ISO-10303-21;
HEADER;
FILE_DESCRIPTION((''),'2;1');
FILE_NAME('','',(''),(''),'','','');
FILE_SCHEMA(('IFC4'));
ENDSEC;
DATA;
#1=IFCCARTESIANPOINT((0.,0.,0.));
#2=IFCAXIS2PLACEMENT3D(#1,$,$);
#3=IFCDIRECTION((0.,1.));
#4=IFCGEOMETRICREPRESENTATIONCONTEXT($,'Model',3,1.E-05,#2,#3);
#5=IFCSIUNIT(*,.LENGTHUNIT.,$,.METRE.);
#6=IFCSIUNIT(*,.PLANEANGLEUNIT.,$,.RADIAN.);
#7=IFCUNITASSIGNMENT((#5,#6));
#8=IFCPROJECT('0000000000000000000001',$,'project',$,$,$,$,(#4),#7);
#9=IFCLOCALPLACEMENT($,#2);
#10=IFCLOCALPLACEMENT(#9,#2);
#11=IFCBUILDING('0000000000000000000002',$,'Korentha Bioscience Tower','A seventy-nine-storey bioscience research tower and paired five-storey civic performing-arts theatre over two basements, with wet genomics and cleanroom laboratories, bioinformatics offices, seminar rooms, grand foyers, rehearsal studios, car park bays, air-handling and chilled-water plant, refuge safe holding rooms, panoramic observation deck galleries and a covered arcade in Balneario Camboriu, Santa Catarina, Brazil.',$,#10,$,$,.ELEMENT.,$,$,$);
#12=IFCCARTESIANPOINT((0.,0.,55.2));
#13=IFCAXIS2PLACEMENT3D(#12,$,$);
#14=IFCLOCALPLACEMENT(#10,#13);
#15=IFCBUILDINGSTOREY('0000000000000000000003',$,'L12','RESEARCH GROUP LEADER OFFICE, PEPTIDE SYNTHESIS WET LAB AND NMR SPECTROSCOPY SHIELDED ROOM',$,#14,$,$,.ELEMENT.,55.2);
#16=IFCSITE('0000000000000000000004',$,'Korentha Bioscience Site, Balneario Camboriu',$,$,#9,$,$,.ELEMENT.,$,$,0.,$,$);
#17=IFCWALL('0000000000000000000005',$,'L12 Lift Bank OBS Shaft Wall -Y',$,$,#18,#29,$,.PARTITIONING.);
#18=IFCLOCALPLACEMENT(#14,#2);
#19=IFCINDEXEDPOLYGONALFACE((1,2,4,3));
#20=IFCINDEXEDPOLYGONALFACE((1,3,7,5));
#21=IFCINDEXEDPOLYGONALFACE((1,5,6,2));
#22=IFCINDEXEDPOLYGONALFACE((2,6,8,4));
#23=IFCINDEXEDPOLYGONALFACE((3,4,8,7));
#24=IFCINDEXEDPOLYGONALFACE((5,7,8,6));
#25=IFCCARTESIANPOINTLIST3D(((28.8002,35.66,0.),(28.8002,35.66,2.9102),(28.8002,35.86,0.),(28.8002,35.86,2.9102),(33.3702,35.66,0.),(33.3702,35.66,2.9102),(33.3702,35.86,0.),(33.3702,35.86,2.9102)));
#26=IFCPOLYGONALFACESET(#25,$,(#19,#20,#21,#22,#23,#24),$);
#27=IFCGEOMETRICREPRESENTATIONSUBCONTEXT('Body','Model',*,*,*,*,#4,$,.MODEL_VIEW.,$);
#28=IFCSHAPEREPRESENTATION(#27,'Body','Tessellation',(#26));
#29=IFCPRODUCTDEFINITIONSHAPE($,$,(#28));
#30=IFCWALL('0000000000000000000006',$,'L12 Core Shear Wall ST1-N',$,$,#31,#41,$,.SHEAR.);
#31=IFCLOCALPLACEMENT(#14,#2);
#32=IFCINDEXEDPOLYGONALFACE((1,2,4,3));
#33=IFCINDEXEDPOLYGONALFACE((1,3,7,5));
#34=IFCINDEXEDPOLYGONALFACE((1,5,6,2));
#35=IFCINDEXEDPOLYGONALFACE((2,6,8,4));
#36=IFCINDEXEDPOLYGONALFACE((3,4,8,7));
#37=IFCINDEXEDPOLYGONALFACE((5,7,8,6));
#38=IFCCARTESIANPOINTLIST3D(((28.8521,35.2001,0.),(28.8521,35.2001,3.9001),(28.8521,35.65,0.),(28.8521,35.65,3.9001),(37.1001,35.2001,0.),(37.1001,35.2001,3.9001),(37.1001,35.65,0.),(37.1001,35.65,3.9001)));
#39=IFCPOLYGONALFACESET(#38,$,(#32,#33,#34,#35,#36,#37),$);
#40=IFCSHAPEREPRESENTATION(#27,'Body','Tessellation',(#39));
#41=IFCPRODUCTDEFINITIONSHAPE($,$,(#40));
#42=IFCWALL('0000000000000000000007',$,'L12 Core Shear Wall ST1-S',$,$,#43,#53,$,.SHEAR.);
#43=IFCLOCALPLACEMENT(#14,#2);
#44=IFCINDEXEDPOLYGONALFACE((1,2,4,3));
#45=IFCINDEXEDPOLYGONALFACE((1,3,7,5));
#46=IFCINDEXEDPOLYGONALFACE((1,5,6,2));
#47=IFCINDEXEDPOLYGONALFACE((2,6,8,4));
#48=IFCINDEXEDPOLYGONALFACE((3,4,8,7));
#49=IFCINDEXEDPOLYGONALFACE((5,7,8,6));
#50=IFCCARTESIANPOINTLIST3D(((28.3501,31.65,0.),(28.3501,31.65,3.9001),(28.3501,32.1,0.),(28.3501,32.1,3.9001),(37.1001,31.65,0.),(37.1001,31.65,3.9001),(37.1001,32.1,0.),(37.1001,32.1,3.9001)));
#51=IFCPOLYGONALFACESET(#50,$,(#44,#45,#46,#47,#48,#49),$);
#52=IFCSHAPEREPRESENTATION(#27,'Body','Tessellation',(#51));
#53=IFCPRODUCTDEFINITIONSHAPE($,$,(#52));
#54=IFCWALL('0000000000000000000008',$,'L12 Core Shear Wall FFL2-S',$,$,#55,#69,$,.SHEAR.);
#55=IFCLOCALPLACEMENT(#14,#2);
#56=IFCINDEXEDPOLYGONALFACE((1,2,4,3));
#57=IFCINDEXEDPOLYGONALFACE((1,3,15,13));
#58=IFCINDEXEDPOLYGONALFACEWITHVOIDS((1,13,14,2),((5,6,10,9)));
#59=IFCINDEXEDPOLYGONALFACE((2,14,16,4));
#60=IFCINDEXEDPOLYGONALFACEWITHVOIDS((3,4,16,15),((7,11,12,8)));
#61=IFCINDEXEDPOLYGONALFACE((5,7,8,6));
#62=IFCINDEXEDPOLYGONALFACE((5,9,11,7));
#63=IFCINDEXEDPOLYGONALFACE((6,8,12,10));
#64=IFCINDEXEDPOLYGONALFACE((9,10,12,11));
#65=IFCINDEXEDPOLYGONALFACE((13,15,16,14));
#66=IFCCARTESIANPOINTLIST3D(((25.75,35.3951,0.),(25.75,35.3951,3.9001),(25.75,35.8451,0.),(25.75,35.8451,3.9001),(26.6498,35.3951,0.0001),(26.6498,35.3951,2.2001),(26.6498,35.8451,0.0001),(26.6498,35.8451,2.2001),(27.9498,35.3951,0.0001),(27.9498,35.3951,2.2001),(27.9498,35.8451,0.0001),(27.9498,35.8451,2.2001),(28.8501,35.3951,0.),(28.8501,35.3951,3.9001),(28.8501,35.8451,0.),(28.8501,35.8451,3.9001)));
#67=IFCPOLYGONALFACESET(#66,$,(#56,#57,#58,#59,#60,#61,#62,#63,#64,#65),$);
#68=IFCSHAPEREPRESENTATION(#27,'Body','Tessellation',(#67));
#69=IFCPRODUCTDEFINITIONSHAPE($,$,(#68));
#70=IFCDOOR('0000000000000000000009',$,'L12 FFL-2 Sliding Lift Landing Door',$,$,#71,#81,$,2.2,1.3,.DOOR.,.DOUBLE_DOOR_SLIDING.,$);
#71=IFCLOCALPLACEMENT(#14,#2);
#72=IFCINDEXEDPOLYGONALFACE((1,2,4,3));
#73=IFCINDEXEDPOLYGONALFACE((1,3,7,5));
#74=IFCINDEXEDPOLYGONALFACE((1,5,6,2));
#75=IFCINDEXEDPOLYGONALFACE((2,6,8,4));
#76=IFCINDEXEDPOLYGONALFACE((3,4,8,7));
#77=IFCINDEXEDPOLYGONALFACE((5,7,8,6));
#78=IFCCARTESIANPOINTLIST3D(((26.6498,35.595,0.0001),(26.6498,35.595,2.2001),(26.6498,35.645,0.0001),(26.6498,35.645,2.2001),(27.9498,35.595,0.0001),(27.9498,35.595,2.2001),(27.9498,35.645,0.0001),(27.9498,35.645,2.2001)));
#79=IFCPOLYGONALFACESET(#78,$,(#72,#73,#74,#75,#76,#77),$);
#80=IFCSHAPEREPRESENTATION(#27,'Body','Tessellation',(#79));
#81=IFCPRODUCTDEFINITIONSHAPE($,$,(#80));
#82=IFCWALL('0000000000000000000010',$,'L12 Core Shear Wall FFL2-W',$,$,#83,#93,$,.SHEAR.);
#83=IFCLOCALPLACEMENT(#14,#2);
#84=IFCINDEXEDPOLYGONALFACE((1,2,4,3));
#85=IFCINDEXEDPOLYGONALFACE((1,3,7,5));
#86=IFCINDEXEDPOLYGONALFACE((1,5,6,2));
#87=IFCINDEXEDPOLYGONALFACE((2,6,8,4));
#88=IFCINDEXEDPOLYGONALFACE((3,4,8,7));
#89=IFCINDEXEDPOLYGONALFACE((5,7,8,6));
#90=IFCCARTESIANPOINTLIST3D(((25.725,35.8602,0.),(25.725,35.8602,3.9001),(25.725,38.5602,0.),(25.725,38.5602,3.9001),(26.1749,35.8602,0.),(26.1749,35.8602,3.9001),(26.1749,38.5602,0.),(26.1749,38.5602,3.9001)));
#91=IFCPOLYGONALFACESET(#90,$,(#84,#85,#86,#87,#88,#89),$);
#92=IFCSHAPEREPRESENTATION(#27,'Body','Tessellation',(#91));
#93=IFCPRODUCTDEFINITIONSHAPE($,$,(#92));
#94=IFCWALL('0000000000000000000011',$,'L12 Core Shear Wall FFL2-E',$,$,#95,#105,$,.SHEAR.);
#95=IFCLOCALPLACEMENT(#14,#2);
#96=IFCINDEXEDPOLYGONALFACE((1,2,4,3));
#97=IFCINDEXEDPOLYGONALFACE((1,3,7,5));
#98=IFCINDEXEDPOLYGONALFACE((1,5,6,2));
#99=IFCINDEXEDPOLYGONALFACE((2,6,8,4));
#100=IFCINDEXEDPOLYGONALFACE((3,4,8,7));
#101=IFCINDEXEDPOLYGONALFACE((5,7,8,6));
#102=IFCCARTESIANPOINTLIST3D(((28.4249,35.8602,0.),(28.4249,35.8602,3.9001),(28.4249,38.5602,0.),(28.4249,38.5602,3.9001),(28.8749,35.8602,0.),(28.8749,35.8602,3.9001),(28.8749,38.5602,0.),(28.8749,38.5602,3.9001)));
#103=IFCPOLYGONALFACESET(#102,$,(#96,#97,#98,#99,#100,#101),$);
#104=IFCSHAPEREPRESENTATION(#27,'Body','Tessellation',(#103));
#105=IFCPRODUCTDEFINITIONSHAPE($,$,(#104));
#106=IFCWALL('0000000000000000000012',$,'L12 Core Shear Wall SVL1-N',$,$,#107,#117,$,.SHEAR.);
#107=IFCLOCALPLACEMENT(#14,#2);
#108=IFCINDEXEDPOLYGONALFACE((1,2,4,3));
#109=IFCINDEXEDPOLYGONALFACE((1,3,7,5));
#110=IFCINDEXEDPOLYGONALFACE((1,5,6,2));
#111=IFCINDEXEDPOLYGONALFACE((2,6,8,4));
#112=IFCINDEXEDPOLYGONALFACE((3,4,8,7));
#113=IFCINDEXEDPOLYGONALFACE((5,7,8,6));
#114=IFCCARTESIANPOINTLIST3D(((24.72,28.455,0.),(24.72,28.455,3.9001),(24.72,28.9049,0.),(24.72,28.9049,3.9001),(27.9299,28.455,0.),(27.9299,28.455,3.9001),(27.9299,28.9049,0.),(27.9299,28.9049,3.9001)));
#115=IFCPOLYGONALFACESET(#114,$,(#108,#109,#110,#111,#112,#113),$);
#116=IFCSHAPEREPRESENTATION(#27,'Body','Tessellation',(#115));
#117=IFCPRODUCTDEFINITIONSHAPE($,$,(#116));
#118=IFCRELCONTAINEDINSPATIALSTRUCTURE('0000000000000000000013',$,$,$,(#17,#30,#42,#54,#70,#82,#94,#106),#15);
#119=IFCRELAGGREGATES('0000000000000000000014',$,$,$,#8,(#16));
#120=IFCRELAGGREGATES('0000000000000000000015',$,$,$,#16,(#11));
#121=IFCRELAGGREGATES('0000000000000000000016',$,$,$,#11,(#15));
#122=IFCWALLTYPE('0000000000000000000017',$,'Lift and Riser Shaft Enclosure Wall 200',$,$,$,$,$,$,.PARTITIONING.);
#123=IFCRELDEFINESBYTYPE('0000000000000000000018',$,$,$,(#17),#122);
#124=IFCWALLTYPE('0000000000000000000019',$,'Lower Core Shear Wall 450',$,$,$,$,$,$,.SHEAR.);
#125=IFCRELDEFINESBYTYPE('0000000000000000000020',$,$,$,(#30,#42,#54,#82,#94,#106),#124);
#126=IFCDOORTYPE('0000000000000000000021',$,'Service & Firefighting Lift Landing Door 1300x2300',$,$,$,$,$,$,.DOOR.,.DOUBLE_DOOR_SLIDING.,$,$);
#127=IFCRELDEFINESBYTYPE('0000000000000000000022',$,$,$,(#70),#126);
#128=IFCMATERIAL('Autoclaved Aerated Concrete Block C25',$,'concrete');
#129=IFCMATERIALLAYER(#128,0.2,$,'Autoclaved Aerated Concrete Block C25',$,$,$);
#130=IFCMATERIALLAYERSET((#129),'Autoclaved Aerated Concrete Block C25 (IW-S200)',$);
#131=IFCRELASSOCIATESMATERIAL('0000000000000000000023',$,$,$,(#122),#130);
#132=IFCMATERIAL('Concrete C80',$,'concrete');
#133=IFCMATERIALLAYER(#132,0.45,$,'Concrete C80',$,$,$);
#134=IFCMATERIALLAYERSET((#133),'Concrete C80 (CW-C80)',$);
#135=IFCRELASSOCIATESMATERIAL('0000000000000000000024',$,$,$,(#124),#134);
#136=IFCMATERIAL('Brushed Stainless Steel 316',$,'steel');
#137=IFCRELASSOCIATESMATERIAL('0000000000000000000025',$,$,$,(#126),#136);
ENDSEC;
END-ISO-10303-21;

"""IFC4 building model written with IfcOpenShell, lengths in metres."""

from ifc_helpers import new_model, si_unit, direction, frame, frame_2d, origin, place, context, subcontext, project, spatial, rectangle, extrude, material, layer, layer_set, type_object, element, fill, save


model = new_model("IFC4")

# Units and contexts
model_context = context("Model", 3, precision=1e-05, world=origin(), true_north=direction((0.0, 1.0)))
body_context = subcontext(model_context, "Body", "Model", "MODEL_VIEW")
ifc_project = project(units=[si_unit("LENGTHUNIT", "METRE"), si_unit("PLANEANGLEUNIT", "RADIAN")], contexts=[model_context])

# Site, building, storey
site_placement = place(None, origin())
site = spatial("IfcSite", under=ifc_project, at=site_placement, Name="Korentha Bioscience Site, Balneario Camboriu", CompositionType="ELEMENT", RefElevation=0.0)
building_placement = place(site_placement, origin())
building = spatial("IfcBuilding", under=site, at=building_placement, Name="Korentha Bioscience Tower", Description="A seventy-nine-storey bioscience research tower and paired five-storey civic performing-arts theatre over two basements, with wet genomics and cleanroom laboratories, bioinformatics offices, seminar rooms, grand foyers, rehearsal studios, car park bays, air-handling and chilled-water plant, refuge safe holding rooms, panoramic observation deck galleries and a covered arcade in Balneario Camboriu, Santa Catarina, Brazil.", CompositionType="ELEMENT")
storey_placement = place(building_placement, frame((0.0, 0.0, 55.2)))
storey = spatial("IfcBuildingStorey", under=building, at=storey_placement, Name="L12", Description="RESEARCH GROUP LEADER OFFICE, PEPTIDE SYNTHESIS WET LAB AND NMR SPECTROSCOPY SHIELDED ROOM", CompositionType="ELEMENT", Elevation=55.2)

# Walls
ifc_material_1 = material(Name="Autoclaved Aerated Concrete Block C25", Category="concrete")
ifc_layer_1 = layer(ifc_material_1, 0.2, Name="Autoclaved Aerated Concrete Block C25")
ifc_layer_set_1 = layer_set([ifc_layer_1], Name="Autoclaved Aerated Concrete Block C25 (IW-S200)")
wall_type_1 = type_object("IfcWallType", Name="Lift and Riser Shaft Enclosure Wall 200", PredefinedType="PARTITIONING", material=ifc_layer_set_1)
wall_1_placement = place(storey_placement, frame((28.8, 35.76, 0.0), z_axis=(0.0, 0.0, 1.0), x_axis=(1.0, 0.0, 0.0)))
element("IfcWall", 1, at=wall_1_placement, inside=storey, type_object=wall_type_1, Name="L12 Lift Bank OBS Shaft Wall -Y", PredefinedType="PARTITIONING", context=body_context, shape_type="SweptSolid", body=[
    extrude(rectangle(XDim=4.5701, YDim=0.2, at=frame_2d((2.2852, 0.0))), origin(), (0.0, 0.0, 1.0), 2.9102),
])
ifc_material_2 = material(Name="Concrete C80", Category="concrete")
ifc_layer_2 = layer(ifc_material_2, 0.45, Name="Concrete C80")
ifc_layer_set_2 = layer_set([ifc_layer_2], Name="Concrete C80 (CW-C80)")
wall_type_2 = type_object("IfcWallType", Name="Lower Core Shear Wall 450", PredefinedType="SHEAR", material=ifc_layer_set_2)
wall_2_placement = place(storey_placement, frame((28.8521, 35.425, 0.0), z_axis=(0.0, 0.0, 1.0), x_axis=(1.0, 0.0, 0.0)))
element("IfcWall", 2, at=wall_2_placement, inside=storey, type_object=wall_type_2, Name="L12 Core Shear Wall ST1-N", PredefinedType="SHEAR", context=body_context, shape_type="SweptSolid", body=[
    extrude(rectangle(XDim=8.248, YDim=0.45, at=frame_2d((4.124, 0.0))), origin(), (0.0, 0.0, 1.0), 3.9001),
])
wall_3_placement = place(storey_placement, frame((28.3501, 31.875, 0.0), z_axis=(0.0, 0.0, 1.0), x_axis=(1.0, 0.0, 0.0)))
element("IfcWall", 3, at=wall_3_placement, inside=storey, type_object=wall_type_2, Name="L12 Core Shear Wall ST1-S", PredefinedType="SHEAR", context=body_context, shape_type="SweptSolid", body=[
    extrude(rectangle(XDim=8.75, YDim=0.45, at=frame_2d((4.375, 0.0))), origin(), (0.0, 0.0, 1.0), 3.9001),
])

# Wall, opening, door
wall_4_placement = place(storey_placement, frame((25.75, 35.6201, 0.0), z_axis=(0.0, 0.0, 1.0), x_axis=(1.0, 0.0, 0.0)))
wall_4 = element("IfcWall", 4, at=wall_4_placement, inside=storey, type_object=wall_type_2, Name="L12 Core Shear Wall FFL2-S", PredefinedType="SHEAR", context=body_context, shape_type="SweptSolid", body=[
    extrude(rectangle(XDim=3.1001, YDim=0.45, at=frame_2d((1.55, 0.0))), origin(), (0.0, 0.0, 1.0), 3.9001),
])
opening_1_placement = place(wall_4_placement, frame((0.8999, 0.0, 0.0)))
opening_1 = element("IfcOpeningElement", 5, at=opening_1_placement, cuts=wall_4, PredefinedType="OPENING", context=body_context, shape_type="SweptSolid", body=[
    extrude(rectangle(XDim=1.3, YDim=2.2, at=frame_2d((0.6499, 1.1001))), frame((0.0, 0.2397, 0.0), z_axis=(0.0, -1.0, 0.0), x_axis=(1.0, 0.0, 0.0)), (0.0, 0.0, 1.0), 0.4797),
])
ifc_material_3 = material(Name="Brushed Stainless Steel 316", Category="steel")
door_type_1 = type_object("IfcDoorType", Name="Service & Firefighting Lift Landing Door 1300x2300", OperationType="DOUBLE_DOOR_SLIDING", PredefinedType="DOOR", material=ifc_material_3)
door_1_placement = place(opening_1_placement, origin())
door_1 = element("IfcDoor", 6, at=door_1_placement, inside=storey, type_object=door_type_1, Name="L12 FFL-2 Sliding Lift Landing Door", OperationType="DOUBLE_DOOR_SLIDING", OverallHeight=2.2, OverallWidth=1.3, PredefinedType="DOOR", context=body_context, shape_type="SweptSolid", body=[
    extrude(rectangle(XDim=1.3, YDim=2.2, at=frame_2d((0.6499, 1.1001))), frame((0.0, 0.0249, 0.0), z_axis=(0.0, -1.0, 0.0), x_axis=(1.0, 0.0, 0.0)), (0.0, 0.0, 1.0), 0.05),
])
fill(opening_1, door_1)

# Walls
for number, where, z_axis, x_axis, name in (
    (7, (25.95, 35.8601, 0.0), (0.0, 0.0, 1.0), (0.0, 1.0, 0.0), "L12 Core Shear Wall FFL2-W"),
    (8, (28.6499, 35.8601, 0.0), (0.0, 0.0, 1.0), (0.0, 1.0, 0.0), "L12 Core Shear Wall FFL2-E"),
):
    element("IfcWall", number, at=place(storey_placement, frame(where, z_axis=z_axis, x_axis=x_axis)), inside=storey, type_object=wall_type_2, Name=name, PredefinedType="SHEAR", context=body_context, shape_type="SweptSolid", body=[
        extrude(rectangle(XDim=2.7, YDim=0.45, at=frame_2d((1.3501, 0.0))), origin(), (0.0, 0.0, 1.0), 3.9001),
    ])
wall_5_placement = place(storey_placement, frame((24.72, 28.6799, 0.0), z_axis=(0.0, 0.0, 1.0), x_axis=(1.0, 0.0, 0.0)))
element("IfcWall", 9, at=wall_5_placement, inside=storey, type_object=wall_type_2, Name="L12 Core Shear Wall SVL1-N", PredefinedType="SHEAR", context=body_context, shape_type="SweptSolid", body=[
    extrude(rectangle(XDim=3.21, YDim=0.45, at=frame_2d((1.605, 0.0))), origin(), (0.0, 0.0, 1.0), 3.9001),
])

save(model, "model.ifc")
